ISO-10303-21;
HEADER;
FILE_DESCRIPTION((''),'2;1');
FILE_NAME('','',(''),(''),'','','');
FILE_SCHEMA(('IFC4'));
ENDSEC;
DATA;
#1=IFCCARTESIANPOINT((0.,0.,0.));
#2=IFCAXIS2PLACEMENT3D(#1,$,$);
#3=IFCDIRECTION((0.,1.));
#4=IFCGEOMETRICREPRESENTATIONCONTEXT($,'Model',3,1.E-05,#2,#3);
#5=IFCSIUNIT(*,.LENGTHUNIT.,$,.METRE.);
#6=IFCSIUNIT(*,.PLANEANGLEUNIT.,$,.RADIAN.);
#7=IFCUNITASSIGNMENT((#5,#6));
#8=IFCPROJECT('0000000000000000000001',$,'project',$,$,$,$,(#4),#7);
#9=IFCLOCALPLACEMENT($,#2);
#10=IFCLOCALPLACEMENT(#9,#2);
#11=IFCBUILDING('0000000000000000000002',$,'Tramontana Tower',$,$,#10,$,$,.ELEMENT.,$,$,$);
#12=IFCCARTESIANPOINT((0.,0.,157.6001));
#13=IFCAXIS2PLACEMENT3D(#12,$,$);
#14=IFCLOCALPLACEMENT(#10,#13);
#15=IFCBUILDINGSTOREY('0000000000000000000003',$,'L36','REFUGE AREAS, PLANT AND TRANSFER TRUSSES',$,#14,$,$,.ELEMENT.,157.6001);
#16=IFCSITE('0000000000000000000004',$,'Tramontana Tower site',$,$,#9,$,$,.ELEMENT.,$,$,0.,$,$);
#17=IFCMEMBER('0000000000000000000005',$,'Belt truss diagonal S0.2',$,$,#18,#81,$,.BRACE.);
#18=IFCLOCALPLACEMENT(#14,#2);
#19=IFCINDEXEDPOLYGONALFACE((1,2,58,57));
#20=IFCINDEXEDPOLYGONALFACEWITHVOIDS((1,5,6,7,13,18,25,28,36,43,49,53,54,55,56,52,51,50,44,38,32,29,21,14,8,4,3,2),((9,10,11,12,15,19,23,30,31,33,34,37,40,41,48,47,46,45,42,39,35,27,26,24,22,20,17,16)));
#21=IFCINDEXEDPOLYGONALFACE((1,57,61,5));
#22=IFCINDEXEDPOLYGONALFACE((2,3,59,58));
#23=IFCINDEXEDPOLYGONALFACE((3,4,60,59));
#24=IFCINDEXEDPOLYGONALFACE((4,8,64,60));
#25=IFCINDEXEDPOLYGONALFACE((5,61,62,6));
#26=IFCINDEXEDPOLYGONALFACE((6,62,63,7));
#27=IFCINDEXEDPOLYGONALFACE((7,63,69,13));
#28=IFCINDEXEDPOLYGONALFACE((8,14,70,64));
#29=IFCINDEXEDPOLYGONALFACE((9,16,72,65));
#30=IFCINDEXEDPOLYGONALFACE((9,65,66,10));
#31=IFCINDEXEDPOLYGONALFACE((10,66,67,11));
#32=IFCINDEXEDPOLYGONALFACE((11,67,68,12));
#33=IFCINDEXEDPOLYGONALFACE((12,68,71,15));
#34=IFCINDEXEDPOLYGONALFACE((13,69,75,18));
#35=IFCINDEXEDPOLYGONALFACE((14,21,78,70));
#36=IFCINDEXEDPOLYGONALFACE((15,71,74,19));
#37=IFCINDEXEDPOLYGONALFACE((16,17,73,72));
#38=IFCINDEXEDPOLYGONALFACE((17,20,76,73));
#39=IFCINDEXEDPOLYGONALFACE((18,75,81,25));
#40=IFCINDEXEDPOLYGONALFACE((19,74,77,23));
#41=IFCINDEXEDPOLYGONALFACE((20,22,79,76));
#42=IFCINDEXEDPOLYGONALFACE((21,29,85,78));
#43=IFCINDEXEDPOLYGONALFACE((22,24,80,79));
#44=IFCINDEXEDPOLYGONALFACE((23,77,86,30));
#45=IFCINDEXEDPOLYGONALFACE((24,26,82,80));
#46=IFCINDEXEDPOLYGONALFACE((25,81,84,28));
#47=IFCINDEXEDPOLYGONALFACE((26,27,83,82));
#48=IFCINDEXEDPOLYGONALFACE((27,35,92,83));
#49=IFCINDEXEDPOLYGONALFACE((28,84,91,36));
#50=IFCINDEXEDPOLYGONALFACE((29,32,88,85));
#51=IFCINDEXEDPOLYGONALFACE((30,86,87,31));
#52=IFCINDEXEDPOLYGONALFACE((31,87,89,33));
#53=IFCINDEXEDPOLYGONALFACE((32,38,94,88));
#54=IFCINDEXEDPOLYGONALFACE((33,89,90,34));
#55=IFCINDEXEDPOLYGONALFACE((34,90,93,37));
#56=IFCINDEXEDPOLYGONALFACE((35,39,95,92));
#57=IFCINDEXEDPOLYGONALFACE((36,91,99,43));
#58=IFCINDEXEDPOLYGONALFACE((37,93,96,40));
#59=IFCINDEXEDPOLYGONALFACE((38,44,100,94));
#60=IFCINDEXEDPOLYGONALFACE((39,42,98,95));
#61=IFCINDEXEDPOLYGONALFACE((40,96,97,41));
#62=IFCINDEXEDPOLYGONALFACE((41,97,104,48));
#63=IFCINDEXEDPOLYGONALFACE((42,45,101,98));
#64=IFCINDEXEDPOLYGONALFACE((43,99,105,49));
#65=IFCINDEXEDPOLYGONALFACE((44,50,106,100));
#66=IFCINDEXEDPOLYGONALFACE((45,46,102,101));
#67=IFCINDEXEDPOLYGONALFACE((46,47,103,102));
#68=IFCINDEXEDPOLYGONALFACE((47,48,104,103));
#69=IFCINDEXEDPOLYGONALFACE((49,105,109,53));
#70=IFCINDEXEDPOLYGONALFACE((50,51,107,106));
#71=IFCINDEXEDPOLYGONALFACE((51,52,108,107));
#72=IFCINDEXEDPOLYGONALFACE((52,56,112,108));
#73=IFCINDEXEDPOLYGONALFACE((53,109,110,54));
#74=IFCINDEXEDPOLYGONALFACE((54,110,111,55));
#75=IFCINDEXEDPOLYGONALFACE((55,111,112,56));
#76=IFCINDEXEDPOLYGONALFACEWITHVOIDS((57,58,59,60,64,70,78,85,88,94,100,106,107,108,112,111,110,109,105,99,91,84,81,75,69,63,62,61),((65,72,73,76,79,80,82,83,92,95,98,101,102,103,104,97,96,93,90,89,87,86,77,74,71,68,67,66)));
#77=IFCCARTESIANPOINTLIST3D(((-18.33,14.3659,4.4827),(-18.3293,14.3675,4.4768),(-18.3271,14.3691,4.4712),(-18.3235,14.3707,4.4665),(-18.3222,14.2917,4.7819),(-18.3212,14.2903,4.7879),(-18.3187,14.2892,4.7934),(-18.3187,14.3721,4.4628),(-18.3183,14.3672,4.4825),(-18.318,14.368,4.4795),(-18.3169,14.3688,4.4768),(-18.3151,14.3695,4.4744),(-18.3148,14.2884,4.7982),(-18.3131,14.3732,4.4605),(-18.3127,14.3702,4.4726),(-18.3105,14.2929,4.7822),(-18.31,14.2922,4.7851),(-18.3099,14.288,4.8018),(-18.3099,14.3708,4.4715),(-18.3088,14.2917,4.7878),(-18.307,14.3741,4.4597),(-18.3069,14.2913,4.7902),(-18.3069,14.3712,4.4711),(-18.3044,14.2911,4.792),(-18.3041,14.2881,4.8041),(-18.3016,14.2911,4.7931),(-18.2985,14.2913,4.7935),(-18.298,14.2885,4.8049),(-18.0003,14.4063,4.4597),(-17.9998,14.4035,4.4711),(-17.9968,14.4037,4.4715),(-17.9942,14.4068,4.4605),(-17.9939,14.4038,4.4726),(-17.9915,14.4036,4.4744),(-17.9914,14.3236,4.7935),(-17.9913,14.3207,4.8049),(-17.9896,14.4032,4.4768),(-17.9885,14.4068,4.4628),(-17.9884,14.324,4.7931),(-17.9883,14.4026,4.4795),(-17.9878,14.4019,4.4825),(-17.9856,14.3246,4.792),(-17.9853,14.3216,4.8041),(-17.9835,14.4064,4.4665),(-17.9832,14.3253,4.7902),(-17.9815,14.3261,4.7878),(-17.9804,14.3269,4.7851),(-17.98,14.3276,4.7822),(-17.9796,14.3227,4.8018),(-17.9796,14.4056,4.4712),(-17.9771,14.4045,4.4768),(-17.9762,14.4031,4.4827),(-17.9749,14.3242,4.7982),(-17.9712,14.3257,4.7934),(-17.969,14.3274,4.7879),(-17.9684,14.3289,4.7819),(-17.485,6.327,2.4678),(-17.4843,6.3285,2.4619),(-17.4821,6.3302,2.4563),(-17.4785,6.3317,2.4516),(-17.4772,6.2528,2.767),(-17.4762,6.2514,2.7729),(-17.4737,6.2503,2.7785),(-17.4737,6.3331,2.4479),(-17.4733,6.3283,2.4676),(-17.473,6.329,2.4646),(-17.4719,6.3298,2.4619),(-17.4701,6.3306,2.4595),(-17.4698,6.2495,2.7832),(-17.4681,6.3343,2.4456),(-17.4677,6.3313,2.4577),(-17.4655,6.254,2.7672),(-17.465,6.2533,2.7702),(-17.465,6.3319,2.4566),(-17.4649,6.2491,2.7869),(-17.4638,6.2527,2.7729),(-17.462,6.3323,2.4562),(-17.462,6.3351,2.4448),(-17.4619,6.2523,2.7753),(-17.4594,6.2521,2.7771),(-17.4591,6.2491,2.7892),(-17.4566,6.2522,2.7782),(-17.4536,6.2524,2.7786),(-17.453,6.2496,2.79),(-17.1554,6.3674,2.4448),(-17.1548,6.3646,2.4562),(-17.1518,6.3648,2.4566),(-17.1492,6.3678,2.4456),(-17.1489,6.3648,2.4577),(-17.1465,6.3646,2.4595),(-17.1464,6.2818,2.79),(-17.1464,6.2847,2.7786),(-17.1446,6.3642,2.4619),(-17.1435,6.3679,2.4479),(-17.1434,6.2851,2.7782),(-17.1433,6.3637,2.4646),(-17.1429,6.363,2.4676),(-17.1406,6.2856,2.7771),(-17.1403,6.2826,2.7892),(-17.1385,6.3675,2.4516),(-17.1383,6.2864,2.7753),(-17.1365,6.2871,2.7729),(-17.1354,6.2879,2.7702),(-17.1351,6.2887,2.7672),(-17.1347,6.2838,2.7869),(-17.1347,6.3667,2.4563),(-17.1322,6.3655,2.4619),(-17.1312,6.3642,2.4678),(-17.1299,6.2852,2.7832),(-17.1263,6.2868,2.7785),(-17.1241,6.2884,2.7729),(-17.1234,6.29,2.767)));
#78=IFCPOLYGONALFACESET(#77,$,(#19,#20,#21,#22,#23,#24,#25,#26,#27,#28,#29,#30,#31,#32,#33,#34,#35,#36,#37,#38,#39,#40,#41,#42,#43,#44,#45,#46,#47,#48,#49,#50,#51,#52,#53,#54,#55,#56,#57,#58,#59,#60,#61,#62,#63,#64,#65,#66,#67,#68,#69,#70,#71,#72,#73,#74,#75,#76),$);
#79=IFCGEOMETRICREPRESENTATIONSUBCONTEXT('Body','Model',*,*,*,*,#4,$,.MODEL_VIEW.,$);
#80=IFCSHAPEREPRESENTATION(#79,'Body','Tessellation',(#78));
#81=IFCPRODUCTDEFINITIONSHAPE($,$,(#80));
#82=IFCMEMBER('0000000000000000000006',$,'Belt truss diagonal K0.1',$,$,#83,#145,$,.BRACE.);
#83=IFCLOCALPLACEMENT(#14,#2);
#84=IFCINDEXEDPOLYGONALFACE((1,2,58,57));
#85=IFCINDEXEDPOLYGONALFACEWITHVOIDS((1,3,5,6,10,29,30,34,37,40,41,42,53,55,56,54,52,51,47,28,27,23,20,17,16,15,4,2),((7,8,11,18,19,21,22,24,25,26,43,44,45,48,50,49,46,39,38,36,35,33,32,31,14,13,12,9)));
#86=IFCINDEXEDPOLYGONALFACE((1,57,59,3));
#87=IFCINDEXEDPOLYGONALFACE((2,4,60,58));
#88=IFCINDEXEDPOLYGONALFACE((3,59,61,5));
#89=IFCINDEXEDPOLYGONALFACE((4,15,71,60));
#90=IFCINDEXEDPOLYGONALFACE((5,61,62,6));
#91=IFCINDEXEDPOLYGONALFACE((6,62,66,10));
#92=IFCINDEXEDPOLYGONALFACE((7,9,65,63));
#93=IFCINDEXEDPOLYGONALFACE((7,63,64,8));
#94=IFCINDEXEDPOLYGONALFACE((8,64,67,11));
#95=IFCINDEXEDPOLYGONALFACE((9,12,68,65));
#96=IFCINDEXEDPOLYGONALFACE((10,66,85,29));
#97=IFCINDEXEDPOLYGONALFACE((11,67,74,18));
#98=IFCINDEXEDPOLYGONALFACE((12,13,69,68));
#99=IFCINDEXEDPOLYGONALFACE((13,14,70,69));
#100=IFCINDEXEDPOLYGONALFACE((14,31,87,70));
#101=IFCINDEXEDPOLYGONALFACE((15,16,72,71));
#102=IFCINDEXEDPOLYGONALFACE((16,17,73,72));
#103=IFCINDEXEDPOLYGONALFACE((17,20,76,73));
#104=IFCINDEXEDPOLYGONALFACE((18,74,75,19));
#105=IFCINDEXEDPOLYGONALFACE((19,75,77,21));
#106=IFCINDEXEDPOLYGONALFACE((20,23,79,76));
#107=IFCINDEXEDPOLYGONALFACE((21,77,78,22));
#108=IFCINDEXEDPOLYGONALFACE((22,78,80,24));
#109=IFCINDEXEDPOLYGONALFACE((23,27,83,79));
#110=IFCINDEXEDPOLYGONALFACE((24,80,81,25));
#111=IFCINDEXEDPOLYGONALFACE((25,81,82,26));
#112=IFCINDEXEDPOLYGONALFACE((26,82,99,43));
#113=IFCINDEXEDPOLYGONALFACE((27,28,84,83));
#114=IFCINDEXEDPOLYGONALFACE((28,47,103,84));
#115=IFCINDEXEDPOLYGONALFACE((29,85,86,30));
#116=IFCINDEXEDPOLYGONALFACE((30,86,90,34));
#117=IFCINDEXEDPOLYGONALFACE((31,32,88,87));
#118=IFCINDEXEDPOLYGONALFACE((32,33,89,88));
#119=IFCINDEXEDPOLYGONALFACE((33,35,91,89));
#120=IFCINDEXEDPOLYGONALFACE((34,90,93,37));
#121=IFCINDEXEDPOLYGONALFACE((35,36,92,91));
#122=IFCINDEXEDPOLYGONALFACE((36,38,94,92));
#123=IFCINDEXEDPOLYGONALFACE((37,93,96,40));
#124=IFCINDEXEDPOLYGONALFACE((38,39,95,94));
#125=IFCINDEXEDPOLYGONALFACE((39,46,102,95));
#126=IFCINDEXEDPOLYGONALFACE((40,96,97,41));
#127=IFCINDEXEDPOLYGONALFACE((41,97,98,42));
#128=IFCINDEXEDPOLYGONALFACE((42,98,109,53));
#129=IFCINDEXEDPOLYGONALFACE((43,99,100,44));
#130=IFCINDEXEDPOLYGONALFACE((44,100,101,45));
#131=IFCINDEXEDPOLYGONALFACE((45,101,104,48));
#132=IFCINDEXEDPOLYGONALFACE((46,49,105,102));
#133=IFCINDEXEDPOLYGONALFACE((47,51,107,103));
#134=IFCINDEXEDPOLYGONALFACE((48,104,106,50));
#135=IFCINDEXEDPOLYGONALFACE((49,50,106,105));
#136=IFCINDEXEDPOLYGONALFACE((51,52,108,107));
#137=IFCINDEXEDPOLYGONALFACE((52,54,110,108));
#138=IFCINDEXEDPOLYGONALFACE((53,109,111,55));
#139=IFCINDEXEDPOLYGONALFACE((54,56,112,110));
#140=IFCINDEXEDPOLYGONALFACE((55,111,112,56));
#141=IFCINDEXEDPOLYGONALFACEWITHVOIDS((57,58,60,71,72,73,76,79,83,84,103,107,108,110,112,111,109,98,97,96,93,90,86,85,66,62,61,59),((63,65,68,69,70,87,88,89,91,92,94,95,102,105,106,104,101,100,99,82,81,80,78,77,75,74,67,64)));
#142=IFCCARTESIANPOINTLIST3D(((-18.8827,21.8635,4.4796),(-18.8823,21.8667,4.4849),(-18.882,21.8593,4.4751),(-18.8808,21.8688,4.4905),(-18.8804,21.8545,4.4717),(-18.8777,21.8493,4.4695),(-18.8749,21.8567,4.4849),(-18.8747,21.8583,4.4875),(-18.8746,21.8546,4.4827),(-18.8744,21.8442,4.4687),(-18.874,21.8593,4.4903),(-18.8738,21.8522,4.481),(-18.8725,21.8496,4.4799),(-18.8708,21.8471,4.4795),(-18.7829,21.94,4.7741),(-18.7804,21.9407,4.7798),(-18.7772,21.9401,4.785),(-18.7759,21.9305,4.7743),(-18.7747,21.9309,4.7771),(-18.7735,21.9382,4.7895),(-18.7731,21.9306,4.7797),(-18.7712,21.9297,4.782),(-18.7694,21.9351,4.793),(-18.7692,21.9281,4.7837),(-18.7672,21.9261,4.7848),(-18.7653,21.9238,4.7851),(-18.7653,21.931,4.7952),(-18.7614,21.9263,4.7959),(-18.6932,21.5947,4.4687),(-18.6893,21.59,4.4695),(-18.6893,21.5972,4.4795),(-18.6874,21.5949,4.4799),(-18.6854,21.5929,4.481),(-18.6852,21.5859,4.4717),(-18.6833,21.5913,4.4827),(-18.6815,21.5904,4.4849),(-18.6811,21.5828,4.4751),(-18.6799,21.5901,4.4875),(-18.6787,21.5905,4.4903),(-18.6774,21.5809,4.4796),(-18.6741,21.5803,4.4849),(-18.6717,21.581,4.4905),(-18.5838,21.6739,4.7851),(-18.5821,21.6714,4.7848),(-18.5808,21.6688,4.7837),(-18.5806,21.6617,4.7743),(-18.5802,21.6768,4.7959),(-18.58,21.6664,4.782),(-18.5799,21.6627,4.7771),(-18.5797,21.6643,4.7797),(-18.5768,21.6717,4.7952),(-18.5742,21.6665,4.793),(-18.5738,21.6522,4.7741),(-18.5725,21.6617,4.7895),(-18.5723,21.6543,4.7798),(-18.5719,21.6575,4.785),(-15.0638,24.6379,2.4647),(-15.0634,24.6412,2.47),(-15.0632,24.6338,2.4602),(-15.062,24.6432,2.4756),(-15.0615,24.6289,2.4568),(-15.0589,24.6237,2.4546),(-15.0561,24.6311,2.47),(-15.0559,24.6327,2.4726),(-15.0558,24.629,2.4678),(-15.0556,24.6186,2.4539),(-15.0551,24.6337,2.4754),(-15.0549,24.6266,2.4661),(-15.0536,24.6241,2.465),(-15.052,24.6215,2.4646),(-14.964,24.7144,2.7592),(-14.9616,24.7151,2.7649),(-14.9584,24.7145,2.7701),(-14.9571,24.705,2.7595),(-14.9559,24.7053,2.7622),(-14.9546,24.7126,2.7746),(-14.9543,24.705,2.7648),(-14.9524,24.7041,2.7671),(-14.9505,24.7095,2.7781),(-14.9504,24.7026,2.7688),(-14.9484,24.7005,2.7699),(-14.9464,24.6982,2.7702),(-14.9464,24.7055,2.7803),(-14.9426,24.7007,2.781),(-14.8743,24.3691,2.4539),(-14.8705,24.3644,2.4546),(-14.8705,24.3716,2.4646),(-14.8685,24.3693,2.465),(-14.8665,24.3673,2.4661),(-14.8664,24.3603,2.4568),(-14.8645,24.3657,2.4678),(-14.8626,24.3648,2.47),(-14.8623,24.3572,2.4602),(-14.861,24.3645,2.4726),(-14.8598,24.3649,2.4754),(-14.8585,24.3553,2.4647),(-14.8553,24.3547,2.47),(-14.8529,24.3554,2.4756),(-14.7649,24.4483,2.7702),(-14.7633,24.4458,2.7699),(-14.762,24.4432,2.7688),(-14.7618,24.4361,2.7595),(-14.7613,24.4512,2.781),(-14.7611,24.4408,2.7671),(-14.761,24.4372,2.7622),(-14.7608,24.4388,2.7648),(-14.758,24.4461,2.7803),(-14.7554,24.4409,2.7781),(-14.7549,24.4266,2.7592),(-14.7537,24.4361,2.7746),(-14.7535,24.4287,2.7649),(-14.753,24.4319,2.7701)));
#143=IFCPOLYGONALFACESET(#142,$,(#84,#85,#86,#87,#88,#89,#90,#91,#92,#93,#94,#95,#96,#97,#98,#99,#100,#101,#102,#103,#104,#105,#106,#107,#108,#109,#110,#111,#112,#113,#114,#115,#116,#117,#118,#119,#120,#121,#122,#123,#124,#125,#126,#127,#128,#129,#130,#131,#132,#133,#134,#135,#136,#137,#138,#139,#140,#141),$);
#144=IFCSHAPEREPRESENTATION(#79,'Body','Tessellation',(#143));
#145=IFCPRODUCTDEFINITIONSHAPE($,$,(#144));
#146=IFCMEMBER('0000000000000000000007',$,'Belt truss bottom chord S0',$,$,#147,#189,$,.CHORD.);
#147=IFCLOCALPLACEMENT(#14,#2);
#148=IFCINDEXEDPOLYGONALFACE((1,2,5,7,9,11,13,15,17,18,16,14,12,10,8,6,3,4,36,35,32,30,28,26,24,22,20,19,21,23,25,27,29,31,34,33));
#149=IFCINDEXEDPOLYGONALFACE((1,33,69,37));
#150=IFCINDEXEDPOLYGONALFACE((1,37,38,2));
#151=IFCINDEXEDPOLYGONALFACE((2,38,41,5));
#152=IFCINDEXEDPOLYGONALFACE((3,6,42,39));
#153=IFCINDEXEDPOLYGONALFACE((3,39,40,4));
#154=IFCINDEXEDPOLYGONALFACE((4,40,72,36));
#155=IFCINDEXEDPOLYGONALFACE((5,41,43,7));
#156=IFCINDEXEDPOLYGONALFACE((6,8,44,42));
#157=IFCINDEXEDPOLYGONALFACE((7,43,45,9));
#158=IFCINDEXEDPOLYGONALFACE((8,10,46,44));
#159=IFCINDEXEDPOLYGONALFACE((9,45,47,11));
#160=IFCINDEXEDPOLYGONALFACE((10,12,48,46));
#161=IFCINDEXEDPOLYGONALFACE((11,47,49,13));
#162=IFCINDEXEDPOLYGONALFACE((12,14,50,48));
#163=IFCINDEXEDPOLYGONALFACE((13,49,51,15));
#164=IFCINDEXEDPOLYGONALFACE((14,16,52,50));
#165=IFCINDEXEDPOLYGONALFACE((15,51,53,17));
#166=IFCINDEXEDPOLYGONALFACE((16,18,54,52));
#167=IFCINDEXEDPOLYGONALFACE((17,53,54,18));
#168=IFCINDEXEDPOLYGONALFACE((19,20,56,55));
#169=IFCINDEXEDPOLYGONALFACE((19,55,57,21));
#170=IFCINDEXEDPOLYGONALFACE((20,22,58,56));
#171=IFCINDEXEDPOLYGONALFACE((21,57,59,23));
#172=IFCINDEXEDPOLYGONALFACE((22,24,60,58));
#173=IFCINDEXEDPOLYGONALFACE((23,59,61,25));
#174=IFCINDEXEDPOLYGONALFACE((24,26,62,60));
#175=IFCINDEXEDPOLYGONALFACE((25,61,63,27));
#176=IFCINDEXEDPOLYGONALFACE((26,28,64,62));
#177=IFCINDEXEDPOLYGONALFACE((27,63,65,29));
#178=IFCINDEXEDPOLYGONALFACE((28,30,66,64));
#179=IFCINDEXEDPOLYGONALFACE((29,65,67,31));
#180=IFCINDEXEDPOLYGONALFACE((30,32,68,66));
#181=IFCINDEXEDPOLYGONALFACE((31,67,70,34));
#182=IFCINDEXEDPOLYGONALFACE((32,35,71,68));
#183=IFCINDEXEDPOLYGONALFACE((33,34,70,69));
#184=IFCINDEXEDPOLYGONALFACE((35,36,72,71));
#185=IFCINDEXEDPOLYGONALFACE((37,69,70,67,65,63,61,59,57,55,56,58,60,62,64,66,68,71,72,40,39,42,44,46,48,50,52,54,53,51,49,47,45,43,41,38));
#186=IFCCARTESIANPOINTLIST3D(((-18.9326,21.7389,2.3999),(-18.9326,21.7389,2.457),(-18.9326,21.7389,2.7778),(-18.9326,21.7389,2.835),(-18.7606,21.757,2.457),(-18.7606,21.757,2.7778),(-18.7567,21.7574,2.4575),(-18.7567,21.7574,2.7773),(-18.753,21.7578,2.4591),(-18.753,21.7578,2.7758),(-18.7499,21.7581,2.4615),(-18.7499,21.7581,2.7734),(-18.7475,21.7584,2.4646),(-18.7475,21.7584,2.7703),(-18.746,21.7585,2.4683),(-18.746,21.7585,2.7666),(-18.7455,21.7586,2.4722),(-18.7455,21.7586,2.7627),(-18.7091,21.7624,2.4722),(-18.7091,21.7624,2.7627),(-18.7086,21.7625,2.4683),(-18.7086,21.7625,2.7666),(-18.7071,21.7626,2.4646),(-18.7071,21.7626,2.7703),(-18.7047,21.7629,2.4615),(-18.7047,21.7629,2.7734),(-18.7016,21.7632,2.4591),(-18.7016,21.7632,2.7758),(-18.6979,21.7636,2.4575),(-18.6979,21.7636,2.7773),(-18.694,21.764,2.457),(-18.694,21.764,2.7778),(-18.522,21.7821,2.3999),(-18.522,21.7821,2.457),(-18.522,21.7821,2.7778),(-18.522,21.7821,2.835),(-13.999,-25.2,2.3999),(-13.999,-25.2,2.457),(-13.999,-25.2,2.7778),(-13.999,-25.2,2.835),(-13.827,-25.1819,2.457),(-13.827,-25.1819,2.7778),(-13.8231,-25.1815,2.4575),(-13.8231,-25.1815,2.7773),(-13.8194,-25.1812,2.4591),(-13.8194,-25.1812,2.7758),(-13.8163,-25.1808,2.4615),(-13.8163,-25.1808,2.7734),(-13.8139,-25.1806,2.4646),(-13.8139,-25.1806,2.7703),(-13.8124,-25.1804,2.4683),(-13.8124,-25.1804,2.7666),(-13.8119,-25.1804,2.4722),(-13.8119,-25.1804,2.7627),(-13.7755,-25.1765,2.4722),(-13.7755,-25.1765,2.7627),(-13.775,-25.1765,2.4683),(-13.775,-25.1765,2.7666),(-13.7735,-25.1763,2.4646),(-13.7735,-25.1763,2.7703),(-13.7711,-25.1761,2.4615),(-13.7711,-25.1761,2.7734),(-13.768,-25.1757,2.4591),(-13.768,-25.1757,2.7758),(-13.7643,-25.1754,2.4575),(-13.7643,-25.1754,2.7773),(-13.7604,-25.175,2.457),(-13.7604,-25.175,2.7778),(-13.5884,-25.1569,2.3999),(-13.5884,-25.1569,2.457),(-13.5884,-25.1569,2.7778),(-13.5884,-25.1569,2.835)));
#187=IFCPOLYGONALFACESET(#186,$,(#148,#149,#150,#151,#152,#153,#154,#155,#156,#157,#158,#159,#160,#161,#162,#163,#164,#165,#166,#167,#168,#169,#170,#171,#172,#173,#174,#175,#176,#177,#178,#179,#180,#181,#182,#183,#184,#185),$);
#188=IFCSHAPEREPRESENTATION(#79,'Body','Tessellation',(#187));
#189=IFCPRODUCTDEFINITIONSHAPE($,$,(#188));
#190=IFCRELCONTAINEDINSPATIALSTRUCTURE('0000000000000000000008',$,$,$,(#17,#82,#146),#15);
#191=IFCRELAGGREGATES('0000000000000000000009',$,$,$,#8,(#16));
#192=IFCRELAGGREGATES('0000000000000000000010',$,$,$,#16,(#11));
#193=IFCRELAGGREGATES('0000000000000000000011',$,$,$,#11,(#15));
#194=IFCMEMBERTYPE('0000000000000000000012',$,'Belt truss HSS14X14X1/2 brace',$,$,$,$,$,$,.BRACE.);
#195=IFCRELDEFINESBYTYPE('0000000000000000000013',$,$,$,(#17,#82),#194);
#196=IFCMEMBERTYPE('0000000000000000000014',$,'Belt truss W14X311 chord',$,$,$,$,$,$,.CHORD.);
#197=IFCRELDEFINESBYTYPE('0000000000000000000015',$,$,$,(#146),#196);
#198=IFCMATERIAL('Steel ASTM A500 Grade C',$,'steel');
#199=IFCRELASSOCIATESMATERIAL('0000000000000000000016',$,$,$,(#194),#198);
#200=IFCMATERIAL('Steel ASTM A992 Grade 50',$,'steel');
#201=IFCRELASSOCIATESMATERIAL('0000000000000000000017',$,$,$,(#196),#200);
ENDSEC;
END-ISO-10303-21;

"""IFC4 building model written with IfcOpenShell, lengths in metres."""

from ifc_helpers import new_model, si_unit, direction, frame, origin, origin_2d, place, context, subcontext, project, spatial, hollow_rectangle, i_section, extrude, material, material_profile, profile_set, type_object, element, save


model = new_model("IFC4")

# Units and contexts
model_context = context("Model", 3, precision=1e-05, world=origin(), true_north=direction((0.0, 1.0)))
body_context = subcontext(model_context, "Body", "Model", "MODEL_VIEW")
ifc_project = project(units=[si_unit("LENGTHUNIT", "METRE"), si_unit("PLANEANGLEUNIT", "RADIAN")], contexts=[model_context])

# Site, building, storey
site_placement = place(None, origin())
site = spatial("IfcSite", under=ifc_project, at=site_placement, Name="Tramontana Tower site", CompositionType="ELEMENT", RefElevation=0.0)
building_placement = place(site_placement, origin())
building = spatial("IfcBuilding", under=site, at=building_placement, Name="Tramontana Tower", CompositionType="ELEMENT")
storey_placement = place(building_placement, frame((0.0, 0.0, 157.6001)))
storey = spatial("IfcBuildingStorey", under=building, at=storey_placement, Name="L36", Description="REFUGE AREAS, PLANT AND TRANSFER TRUSSES", CompositionType="ELEMENT", Elevation=157.6001)

# Members
ifc_material_1 = material(Name="Steel ASTM A500 Grade C", Category="steel")
ifc_material_profile_1 = material_profile(ifc_material_1, hollow_rectangle(XDim=0.3557, YDim=0.3557, WallThickness=0.0117, InnerFilletRadius=0.0117, OuterFilletRadius=0.0237, at=origin_2d()), Name="HSS14X14X1/2")
ifc_profile_set_1 = profile_set([ifc_material_profile_1], Name="Steel ASTM A500 Grade C")
member_type_1 = type_object("IfcMemberType", Name="Belt truss HSS14X14X1/2 brace", PredefinedType="BRACE", material=ifc_profile_set_1)
member_1_placement = place(storey_placement, frame((-18.1492, 14.3474, 4.6323), z_axis=(0.101432, -0.964992, -0.241871), x_axis=(0.994521, 0.104535, 0.0)))
element("IfcMember", 1, at=member_1_placement, inside=storey, type_object=member_type_1, Name="Belt truss diagonal S0.2", PredefinedType="BRACE", context=body_context, shape_type="SweptSolid", body=[
    extrude(hollow_rectangle(XDim=0.3557, YDim=0.3557, WallThickness=0.0117, InnerFilletRadius=0.0117, OuterFilletRadius=0.0237, at=origin_2d()), origin(), (0.0, 0.0, 1.0), 8.3306),
])
member_2_placement = place(storey_placement, frame((-14.9084, 24.5349, 2.6174), z_axis=(-0.744077, -0.540576, 0.392589), x_axis=(0.587766, -0.809031, 0.0)))
element("IfcMember", 2, at=member_2_placement, inside=storey, type_object=member_type_1, Name="Belt truss diagonal K0.1", PredefinedType="BRACE", context=body_context, shape_type="SweptSolid", body=[
    extrude(hollow_rectangle(XDim=0.3557, YDim=0.3557, WallThickness=0.0117, InnerFilletRadius=0.0117, OuterFilletRadius=0.0237, at=origin_2d()), origin(), (0.0, 0.0, 1.0), 5.1323),
])
ifc_material_2 = material(Name="Steel ASTM A992 Grade 50", Category="steel")
ifc_material_profile_2 = material_profile(ifc_material_2, i_section(OverallWidth=0.4128, OverallDepth=0.4351, WebThickness=0.0366, FlangeThickness=0.0571, FilletRadius=0.0151, at=origin_2d()), Name="W14X311")
ifc_profile_set_2 = profile_set([ifc_material_profile_2], Name="Steel ASTM A992 Grade 50")
member_type_2 = type_object("IfcMemberType", Name="Belt truss W14X311 chord", PredefinedType="CHORD", material=ifc_profile_set_2)
for number, where, z_axis, x_axis, name in (
    (3, (-18.7273, 21.7605, 2.6174), (0.104531, -0.994522, 0.0), (0.994522, 0.104531, 0.0), "Belt truss bottom chord S0"),
):
    element("IfcMember", number, at=place(storey_placement, frame(where, z_axis=z_axis, x_axis=x_axis)), inside=storey, type_object=member_type_2, Name=name, PredefinedType="CHORD", context=body_context, shape_type="SweptSolid", body=[
        extrude(i_section(OverallWidth=0.4128, OverallDepth=0.4351, WebThickness=0.0366, FlangeThickness=0.0571, FilletRadius=0.0151, at=origin_2d()), origin(), (0.0, 0.0, 1.0), 47.1975),
    ])

save(model, "model.ifc")
